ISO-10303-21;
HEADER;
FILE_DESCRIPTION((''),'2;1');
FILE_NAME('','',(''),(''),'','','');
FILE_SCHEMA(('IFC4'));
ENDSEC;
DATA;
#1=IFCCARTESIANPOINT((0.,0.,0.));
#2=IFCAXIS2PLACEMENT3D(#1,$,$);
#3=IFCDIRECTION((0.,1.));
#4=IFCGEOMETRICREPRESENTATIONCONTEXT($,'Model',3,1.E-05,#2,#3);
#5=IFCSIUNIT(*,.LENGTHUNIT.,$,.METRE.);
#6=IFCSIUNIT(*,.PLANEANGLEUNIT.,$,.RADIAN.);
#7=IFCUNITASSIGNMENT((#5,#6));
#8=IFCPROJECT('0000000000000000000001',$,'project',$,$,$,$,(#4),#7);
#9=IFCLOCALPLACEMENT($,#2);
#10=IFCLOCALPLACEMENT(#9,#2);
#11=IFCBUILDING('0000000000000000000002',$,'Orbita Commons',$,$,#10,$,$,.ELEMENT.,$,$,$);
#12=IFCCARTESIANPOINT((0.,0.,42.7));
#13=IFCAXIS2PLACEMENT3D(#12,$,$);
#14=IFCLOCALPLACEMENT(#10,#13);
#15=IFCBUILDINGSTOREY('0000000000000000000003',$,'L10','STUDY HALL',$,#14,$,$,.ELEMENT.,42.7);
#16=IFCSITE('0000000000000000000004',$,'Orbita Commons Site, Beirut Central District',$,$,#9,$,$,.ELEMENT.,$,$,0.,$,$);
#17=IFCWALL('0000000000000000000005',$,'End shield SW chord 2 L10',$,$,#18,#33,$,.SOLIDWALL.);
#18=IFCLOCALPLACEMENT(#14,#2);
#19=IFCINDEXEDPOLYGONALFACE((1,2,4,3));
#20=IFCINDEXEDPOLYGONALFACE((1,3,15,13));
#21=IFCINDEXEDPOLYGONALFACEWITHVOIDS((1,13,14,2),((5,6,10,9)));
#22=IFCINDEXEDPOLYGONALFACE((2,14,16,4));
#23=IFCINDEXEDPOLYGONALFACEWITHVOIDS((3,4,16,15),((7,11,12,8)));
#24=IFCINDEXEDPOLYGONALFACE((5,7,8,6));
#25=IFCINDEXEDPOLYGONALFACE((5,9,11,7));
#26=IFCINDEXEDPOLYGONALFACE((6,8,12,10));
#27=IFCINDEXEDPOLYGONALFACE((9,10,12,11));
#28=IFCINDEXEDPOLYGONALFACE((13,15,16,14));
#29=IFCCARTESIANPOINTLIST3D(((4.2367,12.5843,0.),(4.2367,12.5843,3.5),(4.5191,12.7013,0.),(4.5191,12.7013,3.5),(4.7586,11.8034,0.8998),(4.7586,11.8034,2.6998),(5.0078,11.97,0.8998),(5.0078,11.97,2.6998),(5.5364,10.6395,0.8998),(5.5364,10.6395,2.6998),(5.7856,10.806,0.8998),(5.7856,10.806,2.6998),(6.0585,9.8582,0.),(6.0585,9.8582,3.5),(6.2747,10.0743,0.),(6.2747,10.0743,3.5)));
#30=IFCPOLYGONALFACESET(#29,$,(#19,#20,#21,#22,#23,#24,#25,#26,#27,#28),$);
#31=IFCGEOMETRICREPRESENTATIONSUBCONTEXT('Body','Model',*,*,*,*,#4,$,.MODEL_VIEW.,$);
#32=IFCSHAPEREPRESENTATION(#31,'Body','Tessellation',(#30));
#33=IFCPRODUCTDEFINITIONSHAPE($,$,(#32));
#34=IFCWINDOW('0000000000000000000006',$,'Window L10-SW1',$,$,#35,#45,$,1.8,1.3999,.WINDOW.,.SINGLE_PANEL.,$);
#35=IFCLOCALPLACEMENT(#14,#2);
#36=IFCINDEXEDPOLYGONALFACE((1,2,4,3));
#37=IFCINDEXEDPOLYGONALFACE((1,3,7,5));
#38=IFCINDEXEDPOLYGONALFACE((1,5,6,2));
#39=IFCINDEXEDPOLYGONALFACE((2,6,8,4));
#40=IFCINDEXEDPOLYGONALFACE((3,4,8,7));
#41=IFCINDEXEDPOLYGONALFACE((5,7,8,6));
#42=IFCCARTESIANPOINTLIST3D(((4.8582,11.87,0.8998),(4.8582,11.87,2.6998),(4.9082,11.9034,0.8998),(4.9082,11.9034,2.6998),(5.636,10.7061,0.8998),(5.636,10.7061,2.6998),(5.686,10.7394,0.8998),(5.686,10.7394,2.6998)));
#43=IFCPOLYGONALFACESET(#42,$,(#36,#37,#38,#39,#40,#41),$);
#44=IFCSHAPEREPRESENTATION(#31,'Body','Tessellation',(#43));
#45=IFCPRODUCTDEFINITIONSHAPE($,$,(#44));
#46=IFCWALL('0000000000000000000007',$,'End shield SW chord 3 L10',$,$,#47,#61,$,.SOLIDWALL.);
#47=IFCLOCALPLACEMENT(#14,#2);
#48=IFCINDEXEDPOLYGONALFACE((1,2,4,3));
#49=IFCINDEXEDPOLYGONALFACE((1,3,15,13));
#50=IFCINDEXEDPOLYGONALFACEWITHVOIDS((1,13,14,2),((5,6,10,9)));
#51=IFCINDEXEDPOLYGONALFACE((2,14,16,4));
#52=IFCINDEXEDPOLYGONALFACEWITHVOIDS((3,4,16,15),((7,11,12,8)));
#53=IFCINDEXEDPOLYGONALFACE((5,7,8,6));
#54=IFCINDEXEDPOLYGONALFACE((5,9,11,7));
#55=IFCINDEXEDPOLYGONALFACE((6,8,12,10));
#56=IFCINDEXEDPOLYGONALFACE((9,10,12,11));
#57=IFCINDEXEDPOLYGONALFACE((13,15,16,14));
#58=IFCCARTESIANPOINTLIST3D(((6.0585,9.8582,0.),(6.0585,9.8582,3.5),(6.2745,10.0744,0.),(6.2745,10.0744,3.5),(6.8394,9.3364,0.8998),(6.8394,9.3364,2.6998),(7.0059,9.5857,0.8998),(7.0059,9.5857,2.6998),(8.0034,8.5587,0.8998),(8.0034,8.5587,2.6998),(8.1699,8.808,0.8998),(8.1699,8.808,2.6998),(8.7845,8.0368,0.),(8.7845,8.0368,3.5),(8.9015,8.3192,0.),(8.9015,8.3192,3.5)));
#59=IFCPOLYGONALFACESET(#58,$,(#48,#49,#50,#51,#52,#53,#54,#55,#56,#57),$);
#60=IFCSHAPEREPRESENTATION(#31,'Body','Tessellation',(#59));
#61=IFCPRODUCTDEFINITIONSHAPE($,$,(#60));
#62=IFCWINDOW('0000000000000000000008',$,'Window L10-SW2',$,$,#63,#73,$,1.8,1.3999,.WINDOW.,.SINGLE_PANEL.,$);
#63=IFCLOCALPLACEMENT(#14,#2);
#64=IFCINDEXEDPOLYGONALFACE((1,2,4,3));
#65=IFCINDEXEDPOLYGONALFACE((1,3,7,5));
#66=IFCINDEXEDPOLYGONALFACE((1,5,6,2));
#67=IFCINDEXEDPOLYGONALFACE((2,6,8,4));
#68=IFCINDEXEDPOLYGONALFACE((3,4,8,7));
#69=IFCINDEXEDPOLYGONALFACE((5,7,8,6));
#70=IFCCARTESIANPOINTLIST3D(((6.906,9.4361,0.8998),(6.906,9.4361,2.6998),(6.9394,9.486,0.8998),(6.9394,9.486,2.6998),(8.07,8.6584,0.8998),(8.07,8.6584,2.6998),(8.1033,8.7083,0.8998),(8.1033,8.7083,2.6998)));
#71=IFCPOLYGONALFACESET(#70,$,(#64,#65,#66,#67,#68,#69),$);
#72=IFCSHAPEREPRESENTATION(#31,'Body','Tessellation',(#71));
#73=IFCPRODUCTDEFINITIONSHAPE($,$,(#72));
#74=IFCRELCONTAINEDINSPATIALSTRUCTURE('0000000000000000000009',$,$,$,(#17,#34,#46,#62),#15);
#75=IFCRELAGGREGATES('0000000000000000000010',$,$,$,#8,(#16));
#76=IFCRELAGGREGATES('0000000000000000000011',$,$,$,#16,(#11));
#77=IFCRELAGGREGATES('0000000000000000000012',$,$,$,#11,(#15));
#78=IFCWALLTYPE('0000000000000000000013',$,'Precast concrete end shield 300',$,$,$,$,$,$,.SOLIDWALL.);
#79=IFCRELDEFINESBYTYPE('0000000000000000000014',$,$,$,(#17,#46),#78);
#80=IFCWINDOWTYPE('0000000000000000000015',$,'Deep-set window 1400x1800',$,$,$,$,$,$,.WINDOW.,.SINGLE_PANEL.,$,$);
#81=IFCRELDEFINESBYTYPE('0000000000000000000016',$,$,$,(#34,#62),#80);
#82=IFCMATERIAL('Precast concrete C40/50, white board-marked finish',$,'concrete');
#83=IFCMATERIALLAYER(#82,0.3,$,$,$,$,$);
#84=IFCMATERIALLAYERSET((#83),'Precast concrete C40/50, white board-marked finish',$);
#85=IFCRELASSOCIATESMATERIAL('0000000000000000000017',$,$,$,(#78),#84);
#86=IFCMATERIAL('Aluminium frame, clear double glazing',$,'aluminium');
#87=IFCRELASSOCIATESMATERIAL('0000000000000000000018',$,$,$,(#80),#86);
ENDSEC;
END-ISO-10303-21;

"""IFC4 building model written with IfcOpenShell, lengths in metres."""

from ifc_helpers import new_model, si_unit, direction, frame, frame_2d, origin, place, context, subcontext, project, spatial, polyline, rectangle, outline, extrude, material, layer, layer_set, type_object, element, fill, save


model = new_model("IFC4")

# Units and contexts
model_context = context("Model", 3, precision=1e-05, world=origin(), true_north=direction((0.0, 1.0)))
body_context = subcontext(model_context, "Body", "Model", "MODEL_VIEW")
ifc_project = project(units=[si_unit("LENGTHUNIT", "METRE"), si_unit("PLANEANGLEUNIT", "RADIAN")], contexts=[model_context])

# Site, building, storey
site_placement = place(None, origin())
site = spatial("IfcSite", under=ifc_project, at=site_placement, Name="Orbita Commons Site, Beirut Central District", CompositionType="ELEMENT", RefElevation=0.0)
building_placement = place(site_placement, origin())
building = spatial("IfcBuilding", under=site, at=building_placement, Name="Orbita Commons", CompositionType="ELEMENT")
storey_placement = place(building_placement, frame((0.0, 0.0, 42.7)))
storey = spatial("IfcBuildingStorey", under=building, at=storey_placement, Name="L10", Description="STUDY HALL", CompositionType="ELEMENT", Elevation=42.7)

# Walls, openings, windows
ifc_material_1 = material(Name="Precast concrete C40/50, white board-marked finish", Category="concrete")
ifc_layer_1 = layer(ifc_material_1, 0.3)
ifc_layer_set_1 = layer_set([ifc_layer_1], Name="Precast concrete C40/50, white board-marked finish")
wall_type_1 = type_object("IfcWallType", Name="Precast concrete end shield 300", PredefinedType="SOLIDWALL", material=ifc_layer_set_1)
ifc_material_2 = material(Name="Aluminium frame, clear double glazing", Category="aluminium")
window_type = type_object("IfcWindowType", Name="Deep-set window 1400x1800", PartitioningType="SINGLE_PANEL", PredefinedType="WINDOW", material=ifc_material_2)
wall_1_placement = place(storey_placement, frame((4.3779, 12.6428, 0.0), z_axis=(0.0, 0.0, 1.0), x_axis=(0.55561, -0.831443, 0.0)))
wall_1 = element("IfcWall", 1, at=wall_1_placement, inside=storey, type_object=wall_type_1, Name="End shield SW chord 2 L10", PredefinedType="SOLIDWALL", context=body_context, shape_type="SweptSolid", body=[
    extrude(outline(polyline([(-0.0298, -0.1499), (3.249, -0.1499), (3.1895, 0.1499), (0.0298, 0.1499), (-0.0298, -0.1499)])), origin(), (0.0, 0.0, 1.0), 3.5),
])
opening_1_placement = place(wall_1_placement, frame((0.9094, 0.0, 0.8999)))
opening_1 = element("IfcOpeningElement", 2, at=opening_1_placement, cuts=wall_1, PredefinedType="OPENING", context=body_context, shape_type="SweptSolid", body=[
    extrude(rectangle(XDim=1.3999, YDim=1.8, at=frame_2d((0.7, 0.8999))), frame((0.0, 0.1599, 0.0), z_axis=(0.0, -1.0, 0.0), x_axis=(1.0, 0.0, 0.0)), (0.0, 0.0, 1.0), 0.3201),
])
window_1_placement = place(opening_1_placement, origin())
window_1 = element("IfcWindow", 3, at=window_1_placement, inside=storey, type_object=window_type, Name="Window L10-SW1", OverallHeight=1.8, OverallWidth=1.3999, PartitioningType="SINGLE_PANEL", PredefinedType="WINDOW", context=body_context, shape_type="SweptSolid", body=[
    extrude(rectangle(XDim=1.3999, YDim=1.8, at=frame_2d((0.7, 0.8999))), frame((0.0, 0.03, 0.0), z_axis=(0.0, -1.0, 0.0), x_axis=(1.0, 0.0, 0.0)), (0.0, 0.0, 1.0), 0.0601),
])
fill(opening_1, window_1)
wall_2_placement = place(storey_placement, frame((6.1665, 9.9663, 0.0), z_axis=(0.0, 0.0, 1.0), x_axis=(0.831478, -0.555558, 0.0)))
wall_2 = element("IfcWall", 4, at=wall_2_placement, inside=storey, type_object=wall_type_1, Name="End shield SW chord 3 L10", PredefinedType="SOLIDWALL", context=body_context, shape_type="SweptSolid", body=[
    extrude(outline(polyline([(-0.0298, -0.1499), (3.2488, -0.1499), (3.1892, 0.1499), (0.0298, 0.1499), (-0.0298, -0.1499)])), origin(), (0.0, 0.0, 1.0), 3.5),
])
opening_2_placement = place(wall_2_placement, frame((0.9094, 0.0, 0.8999)))
opening_2 = element("IfcOpeningElement", 5, at=opening_2_placement, cuts=wall_2, PredefinedType="OPENING", context=body_context, shape_type="SweptSolid", body=[
    extrude(rectangle(XDim=1.3999, YDim=1.8, at=frame_2d((0.7, 0.8999))), frame((0.0, 0.1599, 0.0), z_axis=(0.0, -1.0, 0.0), x_axis=(1.0, 0.0, 0.0)), (0.0, 0.0, 1.0), 0.3201),
])
window_2_placement = place(opening_2_placement, origin())
window_2 = element("IfcWindow", 6, at=window_2_placement, inside=storey, type_object=window_type, Name="Window L10-SW2", OverallHeight=1.8, OverallWidth=1.3999, PartitioningType="SINGLE_PANEL", PredefinedType="WINDOW", context=body_context, shape_type="SweptSolid", body=[
    extrude(rectangle(XDim=1.3999, YDim=1.8, at=frame_2d((0.7, 0.8999))), frame((0.0, 0.03, 0.0), z_axis=(0.0, -1.0, 0.0), x_axis=(1.0, 0.0, 0.0)), (0.0, 0.0, 1.0), 0.0601),
])
fill(opening_2, window_2)

save(model, "model.ifc")
